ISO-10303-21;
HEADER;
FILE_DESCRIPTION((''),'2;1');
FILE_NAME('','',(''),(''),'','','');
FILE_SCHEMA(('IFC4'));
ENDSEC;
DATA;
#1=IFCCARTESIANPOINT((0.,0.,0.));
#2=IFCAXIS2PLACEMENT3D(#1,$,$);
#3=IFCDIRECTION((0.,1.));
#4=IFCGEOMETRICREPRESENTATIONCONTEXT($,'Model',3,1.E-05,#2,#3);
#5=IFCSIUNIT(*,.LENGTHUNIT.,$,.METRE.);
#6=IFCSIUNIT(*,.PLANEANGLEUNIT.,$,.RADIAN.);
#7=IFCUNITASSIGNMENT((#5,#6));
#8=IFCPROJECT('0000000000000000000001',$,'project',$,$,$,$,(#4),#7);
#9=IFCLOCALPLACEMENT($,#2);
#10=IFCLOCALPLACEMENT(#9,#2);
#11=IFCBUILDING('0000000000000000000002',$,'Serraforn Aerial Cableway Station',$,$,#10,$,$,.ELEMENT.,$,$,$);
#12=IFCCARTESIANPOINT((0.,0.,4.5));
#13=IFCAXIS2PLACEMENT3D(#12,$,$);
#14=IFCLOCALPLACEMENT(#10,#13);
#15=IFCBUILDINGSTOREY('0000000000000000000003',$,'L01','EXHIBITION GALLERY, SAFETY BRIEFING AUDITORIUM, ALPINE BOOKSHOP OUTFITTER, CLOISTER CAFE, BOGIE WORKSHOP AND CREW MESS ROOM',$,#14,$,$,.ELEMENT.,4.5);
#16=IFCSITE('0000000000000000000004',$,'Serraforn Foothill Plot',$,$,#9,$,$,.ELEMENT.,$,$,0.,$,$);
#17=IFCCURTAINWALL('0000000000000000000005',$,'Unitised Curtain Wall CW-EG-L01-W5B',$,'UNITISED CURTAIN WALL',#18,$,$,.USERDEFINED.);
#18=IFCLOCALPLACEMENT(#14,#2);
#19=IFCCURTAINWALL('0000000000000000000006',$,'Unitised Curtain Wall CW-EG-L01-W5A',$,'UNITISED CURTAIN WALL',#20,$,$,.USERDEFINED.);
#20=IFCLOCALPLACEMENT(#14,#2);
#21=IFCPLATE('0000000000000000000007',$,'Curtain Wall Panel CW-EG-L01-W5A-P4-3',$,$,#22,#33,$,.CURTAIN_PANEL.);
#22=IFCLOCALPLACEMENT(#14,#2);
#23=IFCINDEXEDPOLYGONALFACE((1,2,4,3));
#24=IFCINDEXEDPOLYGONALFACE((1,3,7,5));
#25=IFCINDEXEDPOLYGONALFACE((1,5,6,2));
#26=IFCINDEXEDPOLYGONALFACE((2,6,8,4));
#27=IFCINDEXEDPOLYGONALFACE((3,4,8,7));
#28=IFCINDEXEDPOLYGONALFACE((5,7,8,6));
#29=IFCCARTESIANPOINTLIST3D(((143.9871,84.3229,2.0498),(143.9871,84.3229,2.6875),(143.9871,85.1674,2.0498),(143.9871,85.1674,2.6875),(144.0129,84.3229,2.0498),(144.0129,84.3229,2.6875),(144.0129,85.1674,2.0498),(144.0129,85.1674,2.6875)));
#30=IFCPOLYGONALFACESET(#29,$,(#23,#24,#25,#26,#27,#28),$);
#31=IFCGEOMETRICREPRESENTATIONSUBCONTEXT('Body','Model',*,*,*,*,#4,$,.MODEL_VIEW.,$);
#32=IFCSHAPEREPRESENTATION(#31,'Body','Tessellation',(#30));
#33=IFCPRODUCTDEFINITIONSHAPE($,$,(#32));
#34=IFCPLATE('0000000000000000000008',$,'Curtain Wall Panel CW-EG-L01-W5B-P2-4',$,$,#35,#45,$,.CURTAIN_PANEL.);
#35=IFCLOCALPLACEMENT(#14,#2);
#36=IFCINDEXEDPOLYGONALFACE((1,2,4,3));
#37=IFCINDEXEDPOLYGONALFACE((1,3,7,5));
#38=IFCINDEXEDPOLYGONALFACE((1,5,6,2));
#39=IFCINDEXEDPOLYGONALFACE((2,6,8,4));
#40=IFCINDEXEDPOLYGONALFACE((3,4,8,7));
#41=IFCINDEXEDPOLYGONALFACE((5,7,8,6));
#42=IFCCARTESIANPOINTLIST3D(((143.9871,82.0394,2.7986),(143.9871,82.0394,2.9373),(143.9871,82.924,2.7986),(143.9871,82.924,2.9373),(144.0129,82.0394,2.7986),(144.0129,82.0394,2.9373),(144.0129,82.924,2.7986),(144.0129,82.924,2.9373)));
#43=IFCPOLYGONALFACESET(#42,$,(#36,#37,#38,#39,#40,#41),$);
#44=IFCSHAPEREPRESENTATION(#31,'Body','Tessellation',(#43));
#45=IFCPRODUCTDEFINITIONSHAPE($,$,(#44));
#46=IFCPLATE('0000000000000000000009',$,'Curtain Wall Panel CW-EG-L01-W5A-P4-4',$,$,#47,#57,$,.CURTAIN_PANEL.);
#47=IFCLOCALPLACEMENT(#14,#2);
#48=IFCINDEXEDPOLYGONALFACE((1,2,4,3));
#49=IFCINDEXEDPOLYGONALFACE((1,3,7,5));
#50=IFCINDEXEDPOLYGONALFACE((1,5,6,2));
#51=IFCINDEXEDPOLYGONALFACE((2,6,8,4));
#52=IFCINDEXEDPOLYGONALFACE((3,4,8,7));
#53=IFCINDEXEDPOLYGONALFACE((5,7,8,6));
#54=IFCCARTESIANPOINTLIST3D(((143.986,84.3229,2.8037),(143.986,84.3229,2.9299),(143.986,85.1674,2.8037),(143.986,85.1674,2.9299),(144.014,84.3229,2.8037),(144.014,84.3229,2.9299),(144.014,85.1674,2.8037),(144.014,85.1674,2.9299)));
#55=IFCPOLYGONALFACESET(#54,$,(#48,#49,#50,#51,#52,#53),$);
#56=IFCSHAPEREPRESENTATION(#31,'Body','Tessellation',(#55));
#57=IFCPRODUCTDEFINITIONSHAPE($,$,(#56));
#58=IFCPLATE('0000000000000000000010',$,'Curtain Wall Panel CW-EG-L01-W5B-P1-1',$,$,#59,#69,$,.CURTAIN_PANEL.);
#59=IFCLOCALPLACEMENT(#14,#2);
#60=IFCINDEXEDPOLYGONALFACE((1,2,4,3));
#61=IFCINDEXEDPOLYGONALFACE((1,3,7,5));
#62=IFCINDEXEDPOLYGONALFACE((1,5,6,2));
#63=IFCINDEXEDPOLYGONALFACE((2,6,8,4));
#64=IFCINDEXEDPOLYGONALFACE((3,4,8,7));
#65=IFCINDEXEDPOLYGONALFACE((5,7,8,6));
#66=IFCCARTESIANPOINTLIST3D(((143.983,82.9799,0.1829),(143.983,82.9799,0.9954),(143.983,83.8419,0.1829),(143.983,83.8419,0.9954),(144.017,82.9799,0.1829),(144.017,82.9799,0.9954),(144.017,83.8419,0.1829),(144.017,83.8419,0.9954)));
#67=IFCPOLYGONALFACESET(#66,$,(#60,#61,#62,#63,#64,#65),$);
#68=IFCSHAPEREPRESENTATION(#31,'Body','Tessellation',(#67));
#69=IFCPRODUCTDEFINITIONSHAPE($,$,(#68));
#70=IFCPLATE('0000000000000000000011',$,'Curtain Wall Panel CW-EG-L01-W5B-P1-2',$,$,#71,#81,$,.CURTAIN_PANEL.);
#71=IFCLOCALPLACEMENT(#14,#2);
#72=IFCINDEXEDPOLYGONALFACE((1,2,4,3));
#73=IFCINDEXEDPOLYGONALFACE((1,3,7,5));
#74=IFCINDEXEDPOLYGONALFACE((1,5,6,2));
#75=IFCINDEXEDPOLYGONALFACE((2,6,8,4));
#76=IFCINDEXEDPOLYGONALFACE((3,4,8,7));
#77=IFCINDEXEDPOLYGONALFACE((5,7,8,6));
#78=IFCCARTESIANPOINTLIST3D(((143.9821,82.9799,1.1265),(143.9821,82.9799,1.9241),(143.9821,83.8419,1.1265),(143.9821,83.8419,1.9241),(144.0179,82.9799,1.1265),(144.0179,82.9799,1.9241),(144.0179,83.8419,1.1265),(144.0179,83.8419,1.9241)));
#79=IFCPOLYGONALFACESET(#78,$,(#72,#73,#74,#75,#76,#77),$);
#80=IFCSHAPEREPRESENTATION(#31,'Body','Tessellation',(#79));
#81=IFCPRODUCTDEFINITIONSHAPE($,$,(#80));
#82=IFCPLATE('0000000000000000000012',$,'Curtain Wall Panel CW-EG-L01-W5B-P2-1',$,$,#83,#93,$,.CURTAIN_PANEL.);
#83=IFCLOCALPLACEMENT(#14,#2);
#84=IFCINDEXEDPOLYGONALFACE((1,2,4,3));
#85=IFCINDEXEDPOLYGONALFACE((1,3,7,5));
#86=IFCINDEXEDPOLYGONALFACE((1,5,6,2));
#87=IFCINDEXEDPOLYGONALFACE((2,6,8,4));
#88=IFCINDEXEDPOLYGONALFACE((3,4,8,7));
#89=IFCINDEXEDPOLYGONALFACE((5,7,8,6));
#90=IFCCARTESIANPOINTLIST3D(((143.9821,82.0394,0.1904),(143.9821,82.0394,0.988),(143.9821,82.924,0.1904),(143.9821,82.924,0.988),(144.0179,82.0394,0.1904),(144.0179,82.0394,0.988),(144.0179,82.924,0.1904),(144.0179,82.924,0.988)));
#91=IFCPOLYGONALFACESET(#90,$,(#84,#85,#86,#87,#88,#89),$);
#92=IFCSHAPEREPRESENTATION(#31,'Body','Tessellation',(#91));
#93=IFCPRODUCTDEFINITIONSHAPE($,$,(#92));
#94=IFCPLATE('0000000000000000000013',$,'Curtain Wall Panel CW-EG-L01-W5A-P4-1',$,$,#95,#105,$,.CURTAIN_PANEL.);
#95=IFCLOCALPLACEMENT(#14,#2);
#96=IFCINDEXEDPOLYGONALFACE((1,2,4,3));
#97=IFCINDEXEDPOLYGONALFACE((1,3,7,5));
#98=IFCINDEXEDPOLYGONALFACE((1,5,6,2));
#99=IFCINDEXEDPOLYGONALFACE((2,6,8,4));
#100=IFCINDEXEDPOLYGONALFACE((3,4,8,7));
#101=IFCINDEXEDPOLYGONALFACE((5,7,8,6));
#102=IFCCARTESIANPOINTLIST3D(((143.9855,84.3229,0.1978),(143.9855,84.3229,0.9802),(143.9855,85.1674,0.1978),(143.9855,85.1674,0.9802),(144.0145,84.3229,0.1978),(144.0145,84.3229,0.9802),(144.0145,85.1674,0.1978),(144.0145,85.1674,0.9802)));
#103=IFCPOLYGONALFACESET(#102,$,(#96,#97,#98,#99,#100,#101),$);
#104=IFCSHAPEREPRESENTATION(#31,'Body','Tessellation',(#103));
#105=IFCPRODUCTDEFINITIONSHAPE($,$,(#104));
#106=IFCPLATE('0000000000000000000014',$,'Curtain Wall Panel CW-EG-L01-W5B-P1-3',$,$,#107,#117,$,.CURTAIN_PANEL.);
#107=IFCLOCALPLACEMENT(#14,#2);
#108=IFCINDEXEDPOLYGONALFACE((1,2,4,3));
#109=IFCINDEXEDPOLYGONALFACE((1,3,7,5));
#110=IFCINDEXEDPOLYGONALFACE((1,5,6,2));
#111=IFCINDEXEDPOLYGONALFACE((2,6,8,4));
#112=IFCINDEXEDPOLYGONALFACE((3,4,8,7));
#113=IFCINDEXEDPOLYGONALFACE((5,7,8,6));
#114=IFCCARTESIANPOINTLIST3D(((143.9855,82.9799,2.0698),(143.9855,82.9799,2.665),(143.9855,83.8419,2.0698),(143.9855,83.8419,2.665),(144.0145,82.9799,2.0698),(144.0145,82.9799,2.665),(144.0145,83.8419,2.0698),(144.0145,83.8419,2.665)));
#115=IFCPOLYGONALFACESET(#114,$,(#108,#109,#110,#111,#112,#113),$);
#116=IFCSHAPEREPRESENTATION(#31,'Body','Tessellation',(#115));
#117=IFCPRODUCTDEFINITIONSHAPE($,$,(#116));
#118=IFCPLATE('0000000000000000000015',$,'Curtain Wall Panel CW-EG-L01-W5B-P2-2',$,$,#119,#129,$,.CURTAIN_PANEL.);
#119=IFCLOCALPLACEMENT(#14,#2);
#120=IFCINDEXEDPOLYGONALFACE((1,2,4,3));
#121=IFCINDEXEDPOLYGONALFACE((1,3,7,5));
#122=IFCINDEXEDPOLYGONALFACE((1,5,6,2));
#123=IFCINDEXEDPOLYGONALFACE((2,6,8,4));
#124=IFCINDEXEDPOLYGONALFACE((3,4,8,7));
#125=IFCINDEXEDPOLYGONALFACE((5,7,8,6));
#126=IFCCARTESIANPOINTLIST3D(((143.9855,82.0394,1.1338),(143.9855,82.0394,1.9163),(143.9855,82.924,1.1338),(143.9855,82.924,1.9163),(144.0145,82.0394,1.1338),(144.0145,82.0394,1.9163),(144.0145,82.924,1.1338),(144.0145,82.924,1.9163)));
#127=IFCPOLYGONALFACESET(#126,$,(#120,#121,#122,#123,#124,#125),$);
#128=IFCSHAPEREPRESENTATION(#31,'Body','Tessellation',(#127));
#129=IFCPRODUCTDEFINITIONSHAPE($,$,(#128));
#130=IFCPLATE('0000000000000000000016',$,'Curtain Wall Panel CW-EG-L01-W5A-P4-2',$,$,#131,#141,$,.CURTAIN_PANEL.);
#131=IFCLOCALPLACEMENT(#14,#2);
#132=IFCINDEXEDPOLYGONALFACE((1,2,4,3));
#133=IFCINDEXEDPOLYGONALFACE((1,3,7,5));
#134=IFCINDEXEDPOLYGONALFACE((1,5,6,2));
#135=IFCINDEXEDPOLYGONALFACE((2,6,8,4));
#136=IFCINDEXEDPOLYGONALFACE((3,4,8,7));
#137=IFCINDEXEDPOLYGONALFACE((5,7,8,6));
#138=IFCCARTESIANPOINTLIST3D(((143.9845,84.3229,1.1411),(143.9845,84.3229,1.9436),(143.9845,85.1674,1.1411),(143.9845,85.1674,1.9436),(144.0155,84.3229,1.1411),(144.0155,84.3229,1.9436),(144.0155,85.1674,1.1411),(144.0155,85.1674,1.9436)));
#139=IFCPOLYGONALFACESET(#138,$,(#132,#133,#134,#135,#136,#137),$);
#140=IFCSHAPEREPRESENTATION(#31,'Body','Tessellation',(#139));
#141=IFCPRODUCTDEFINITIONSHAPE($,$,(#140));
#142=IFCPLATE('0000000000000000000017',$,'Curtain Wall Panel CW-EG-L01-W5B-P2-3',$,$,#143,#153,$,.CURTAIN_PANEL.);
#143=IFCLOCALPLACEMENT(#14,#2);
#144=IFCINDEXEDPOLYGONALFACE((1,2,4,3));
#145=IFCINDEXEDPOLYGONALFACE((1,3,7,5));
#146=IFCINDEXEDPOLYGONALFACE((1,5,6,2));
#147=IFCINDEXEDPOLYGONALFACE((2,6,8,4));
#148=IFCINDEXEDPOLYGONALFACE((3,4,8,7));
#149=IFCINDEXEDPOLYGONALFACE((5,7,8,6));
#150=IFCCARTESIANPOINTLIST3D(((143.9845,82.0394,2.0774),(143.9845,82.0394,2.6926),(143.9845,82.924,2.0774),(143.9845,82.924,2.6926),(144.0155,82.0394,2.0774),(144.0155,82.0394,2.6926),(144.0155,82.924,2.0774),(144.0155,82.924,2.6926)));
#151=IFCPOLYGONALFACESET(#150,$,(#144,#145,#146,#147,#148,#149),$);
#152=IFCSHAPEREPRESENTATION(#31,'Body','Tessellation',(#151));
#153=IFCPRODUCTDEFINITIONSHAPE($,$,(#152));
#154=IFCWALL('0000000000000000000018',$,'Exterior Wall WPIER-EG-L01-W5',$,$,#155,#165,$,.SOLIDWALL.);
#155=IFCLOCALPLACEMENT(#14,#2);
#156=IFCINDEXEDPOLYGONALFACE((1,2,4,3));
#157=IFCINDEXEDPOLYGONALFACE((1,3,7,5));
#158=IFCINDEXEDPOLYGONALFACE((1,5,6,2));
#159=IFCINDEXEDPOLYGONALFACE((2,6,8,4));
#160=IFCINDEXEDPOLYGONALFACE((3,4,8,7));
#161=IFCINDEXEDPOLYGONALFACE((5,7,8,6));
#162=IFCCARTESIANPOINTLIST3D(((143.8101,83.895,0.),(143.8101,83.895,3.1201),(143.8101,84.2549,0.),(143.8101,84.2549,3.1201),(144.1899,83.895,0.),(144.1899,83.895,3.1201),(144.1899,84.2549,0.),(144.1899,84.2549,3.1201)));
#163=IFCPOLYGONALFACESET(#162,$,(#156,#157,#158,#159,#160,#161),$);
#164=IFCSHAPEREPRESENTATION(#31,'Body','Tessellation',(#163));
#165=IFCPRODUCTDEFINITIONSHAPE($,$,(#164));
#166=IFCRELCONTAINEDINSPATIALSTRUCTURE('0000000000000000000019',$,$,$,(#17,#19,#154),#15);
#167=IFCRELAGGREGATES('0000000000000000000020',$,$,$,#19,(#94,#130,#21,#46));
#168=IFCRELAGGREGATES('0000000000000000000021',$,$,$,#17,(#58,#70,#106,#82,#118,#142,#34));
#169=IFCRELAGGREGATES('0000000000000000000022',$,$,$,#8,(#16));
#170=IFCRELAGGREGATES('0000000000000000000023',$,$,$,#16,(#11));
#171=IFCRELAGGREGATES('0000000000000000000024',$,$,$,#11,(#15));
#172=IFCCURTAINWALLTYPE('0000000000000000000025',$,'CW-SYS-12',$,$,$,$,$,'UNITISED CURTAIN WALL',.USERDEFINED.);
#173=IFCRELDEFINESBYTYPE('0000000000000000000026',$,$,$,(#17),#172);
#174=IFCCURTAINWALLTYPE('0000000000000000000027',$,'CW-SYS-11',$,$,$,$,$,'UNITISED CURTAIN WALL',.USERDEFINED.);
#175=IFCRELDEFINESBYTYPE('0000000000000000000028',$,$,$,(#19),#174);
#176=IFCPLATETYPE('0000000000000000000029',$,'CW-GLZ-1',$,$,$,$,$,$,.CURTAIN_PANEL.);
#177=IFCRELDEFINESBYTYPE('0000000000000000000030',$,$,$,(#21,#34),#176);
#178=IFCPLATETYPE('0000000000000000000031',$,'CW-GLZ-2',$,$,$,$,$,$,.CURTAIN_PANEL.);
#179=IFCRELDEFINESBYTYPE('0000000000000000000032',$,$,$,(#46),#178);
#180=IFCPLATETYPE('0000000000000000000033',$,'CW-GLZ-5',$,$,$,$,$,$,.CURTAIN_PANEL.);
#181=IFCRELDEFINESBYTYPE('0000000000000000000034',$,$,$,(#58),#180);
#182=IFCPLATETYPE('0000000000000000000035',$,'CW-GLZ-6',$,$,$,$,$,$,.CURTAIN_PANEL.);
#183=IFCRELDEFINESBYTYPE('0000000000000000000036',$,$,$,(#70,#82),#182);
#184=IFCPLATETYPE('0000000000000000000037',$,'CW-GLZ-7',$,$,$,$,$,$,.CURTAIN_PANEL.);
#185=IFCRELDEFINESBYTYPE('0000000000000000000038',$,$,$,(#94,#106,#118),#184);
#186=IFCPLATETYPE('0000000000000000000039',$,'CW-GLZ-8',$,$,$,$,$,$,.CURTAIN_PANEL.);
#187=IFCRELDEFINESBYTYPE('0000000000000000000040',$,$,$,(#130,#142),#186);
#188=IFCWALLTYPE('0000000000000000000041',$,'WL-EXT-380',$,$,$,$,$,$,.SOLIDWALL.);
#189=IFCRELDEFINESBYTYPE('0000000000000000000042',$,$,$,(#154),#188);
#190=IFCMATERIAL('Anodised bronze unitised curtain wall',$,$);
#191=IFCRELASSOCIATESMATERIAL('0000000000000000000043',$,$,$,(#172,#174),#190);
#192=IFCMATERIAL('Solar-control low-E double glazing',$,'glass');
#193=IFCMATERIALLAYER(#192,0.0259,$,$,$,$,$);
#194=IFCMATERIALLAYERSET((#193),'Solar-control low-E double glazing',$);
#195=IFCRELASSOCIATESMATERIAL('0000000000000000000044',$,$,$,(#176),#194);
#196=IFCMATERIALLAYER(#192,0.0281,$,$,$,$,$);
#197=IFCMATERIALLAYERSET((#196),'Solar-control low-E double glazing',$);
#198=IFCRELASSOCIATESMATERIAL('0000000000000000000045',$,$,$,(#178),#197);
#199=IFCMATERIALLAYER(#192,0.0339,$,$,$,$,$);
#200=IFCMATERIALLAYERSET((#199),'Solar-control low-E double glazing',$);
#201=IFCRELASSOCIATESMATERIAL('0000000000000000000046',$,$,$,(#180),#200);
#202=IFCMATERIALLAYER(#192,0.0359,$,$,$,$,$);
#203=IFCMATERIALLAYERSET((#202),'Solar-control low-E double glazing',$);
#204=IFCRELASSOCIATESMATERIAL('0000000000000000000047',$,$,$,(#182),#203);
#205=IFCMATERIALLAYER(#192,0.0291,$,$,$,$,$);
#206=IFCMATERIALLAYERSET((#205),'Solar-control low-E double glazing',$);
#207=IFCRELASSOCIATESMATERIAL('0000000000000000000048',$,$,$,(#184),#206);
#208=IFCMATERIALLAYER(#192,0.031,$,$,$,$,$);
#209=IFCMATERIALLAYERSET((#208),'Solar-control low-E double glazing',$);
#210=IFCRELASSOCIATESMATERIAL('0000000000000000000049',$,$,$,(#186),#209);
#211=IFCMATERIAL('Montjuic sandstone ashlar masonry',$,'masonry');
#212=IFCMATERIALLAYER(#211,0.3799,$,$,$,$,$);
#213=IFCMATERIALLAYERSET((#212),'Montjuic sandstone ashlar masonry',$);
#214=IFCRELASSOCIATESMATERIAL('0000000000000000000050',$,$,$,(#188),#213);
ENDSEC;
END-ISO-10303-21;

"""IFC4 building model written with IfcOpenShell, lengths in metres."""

from ifc_helpers import new_model, si_unit, direction, frame, frame_2d, origin, origin_2d, place, context, subcontext, project, spatial, rectangle, extrude, material, layer, layer_set, type_object, element, aggregate, save


model = new_model("IFC4")

# Units and contexts
model_context = context("Model", 3, precision=1e-05, world=origin(), true_north=direction((0.0, 1.0)))
body_context = subcontext(model_context, "Body", "Model", "MODEL_VIEW")
ifc_project = project(units=[si_unit("LENGTHUNIT", "METRE"), si_unit("PLANEANGLEUNIT", "RADIAN")], contexts=[model_context])

# Site, building, storey
site_placement = place(None, origin())
site = spatial("IfcSite", under=ifc_project, at=site_placement, Name="Serraforn Foothill Plot", CompositionType="ELEMENT", RefElevation=0.0)
building_placement = place(site_placement, origin())
building = spatial("IfcBuilding", under=site, at=building_placement, Name="Serraforn Aerial Cableway Station", CompositionType="ELEMENT")
storey_placement = place(building_placement, frame((0.0, 0.0, 4.5)))
storey = spatial("IfcBuildingStorey", under=building, at=storey_placement, Name="L01", Description="EXHIBITION GALLERY, SAFETY BRIEFING AUDITORIUM, ALPINE BOOKSHOP OUTFITTER, CLOISTER CAFE, BOGIE WORKSHOP AND CREW MESS ROOM", CompositionType="ELEMENT", Elevation=4.5)

# Curtain walls
ifc_material_1 = material(Name="Anodised bronze unitised curtain wall")
curtain_wall_type_1 = type_object("IfcCurtainWallType", Name="CW-SYS-12", ElementType="UNITISED CURTAIN WALL", PredefinedType="USERDEFINED", material=ifc_material_1)
curtain_wall_1_placement = place(storey_placement, origin())
curtain_wall_1 = element("IfcCurtainWall", 1, at=curtain_wall_1_placement, inside=storey, type_object=curtain_wall_type_1, Name="Unitised Curtain Wall CW-EG-L01-W5B", ObjectType="UNITISED CURTAIN WALL", PredefinedType="USERDEFINED")
curtain_wall_type_2 = type_object("IfcCurtainWallType", Name="CW-SYS-11", ElementType="UNITISED CURTAIN WALL", PredefinedType="USERDEFINED", material=ifc_material_1)
curtain_wall_2_placement = place(storey_placement, origin())
curtain_wall_2 = element("IfcCurtainWall", 2, at=curtain_wall_2_placement, inside=storey, type_object=curtain_wall_type_2, Name="Unitised Curtain Wall CW-EG-L01-W5A", ObjectType="UNITISED CURTAIN WALL", PredefinedType="USERDEFINED")

# Plates
ifc_material_2 = material(Name="Solar-control low-E double glazing", Category="glass")
ifc_layer_1 = layer(ifc_material_2, 0.0259)
ifc_layer_set_1 = layer_set([ifc_layer_1], Name="Solar-control low-E double glazing")
plate_type_1 = type_object("IfcPlateType", Name="CW-GLZ-1", PredefinedType="CURTAIN_PANEL", material=ifc_layer_set_1)
plate_1_placement = place(storey_placement, frame((144.0, 84.7451, 2.0498), z_axis=(0.0, 0.0, 1.0), x_axis=(1.0, 0.0, 0.0)))
plate_1 = element("IfcPlate", 3, at=plate_1_placement, type_object=plate_type_1, Name="Curtain Wall Panel CW-EG-L01-W5A-P4-3", PredefinedType="CURTAIN_PANEL", context=body_context, shape_type="SweptSolid", body=[
    extrude(rectangle(XDim=0.0259, YDim=0.8445, at=origin_2d()), origin(), (0.0, 0.0, 1.0), 0.6377),
])
plate_2_placement = place(storey_placement, frame((144.0, 82.4817, 2.7986), z_axis=(0.0, 0.0, 1.0), x_axis=(1.0, 0.0, 0.0)))
plate_2 = element("IfcPlate", 4, at=plate_2_placement, type_object=plate_type_1, Name="Curtain Wall Panel CW-EG-L01-W5B-P2-4", PredefinedType="CURTAIN_PANEL", context=body_context, shape_type="SweptSolid", body=[
    extrude(rectangle(XDim=0.0259, YDim=0.8845, at=origin_2d()), origin(), (0.0, 0.0, 1.0), 0.1387),
])
ifc_layer_2 = layer(ifc_material_2, 0.0281)
ifc_layer_set_2 = layer_set([ifc_layer_2], Name="Solar-control low-E double glazing")
plate_type_2 = type_object("IfcPlateType", Name="CW-GLZ-2", PredefinedType="CURTAIN_PANEL", material=ifc_layer_set_2)
plate_3_placement = place(storey_placement, frame((144.0, 84.7451, 2.8037), z_axis=(0.0, 0.0, 1.0), x_axis=(1.0, 0.0, 0.0)))
plate_3 = element("IfcPlate", 5, at=plate_3_placement, type_object=plate_type_2, Name="Curtain Wall Panel CW-EG-L01-W5A-P4-4", PredefinedType="CURTAIN_PANEL", context=body_context, shape_type="SweptSolid", body=[
    extrude(rectangle(XDim=0.0281, YDim=0.8445, at=origin_2d()), origin(), (0.0, 0.0, 1.0), 0.1262),
])
ifc_layer_3 = layer(ifc_material_2, 0.0339)
ifc_layer_set_3 = layer_set([ifc_layer_3], Name="Solar-control low-E double glazing")
plate_type_3 = type_object("IfcPlateType", Name="CW-GLZ-5", PredefinedType="CURTAIN_PANEL", material=ifc_layer_set_3)
plate_4_placement = place(storey_placement, frame((144.0, 83.4109, 0.1829), z_axis=(0.0, 0.0, 1.0), x_axis=(1.0, 0.0, 0.0)))
plate_4 = element("IfcPlate", 6, at=plate_4_placement, type_object=plate_type_3, Name="Curtain Wall Panel CW-EG-L01-W5B-P1-1", PredefinedType="CURTAIN_PANEL", context=body_context, shape_type="SweptSolid", body=[
    extrude(rectangle(XDim=0.0339, YDim=0.8621, at=origin_2d()), origin(), (0.0, 0.0, 1.0), 0.8125),
])
ifc_layer_4 = layer(ifc_material_2, 0.0359)
ifc_layer_set_4 = layer_set([ifc_layer_4], Name="Solar-control low-E double glazing")
plate_type_4 = type_object("IfcPlateType", Name="CW-GLZ-6", PredefinedType="CURTAIN_PANEL", material=ifc_layer_set_4)
plate_5_placement = place(storey_placement, frame((144.0, 83.4109, 1.1265), z_axis=(0.0, 0.0, 1.0), x_axis=(1.0, 0.0, 0.0)))
plate_5 = element("IfcPlate", 7, at=plate_5_placement, type_object=plate_type_4, Name="Curtain Wall Panel CW-EG-L01-W5B-P1-2", PredefinedType="CURTAIN_PANEL", context=body_context, shape_type="SweptSolid", body=[
    extrude(rectangle(XDim=0.0359, YDim=0.8621, at=origin_2d()), origin(), (0.0, 0.0, 1.0), 0.7976),
])
plate_6_placement = place(storey_placement, frame((144.0, 82.4817, 0.1904), z_axis=(0.0, 0.0, 1.0), x_axis=(1.0, 0.0, 0.0)))
plate_6 = element("IfcPlate", 8, at=plate_6_placement, type_object=plate_type_4, Name="Curtain Wall Panel CW-EG-L01-W5B-P2-1", PredefinedType="CURTAIN_PANEL", context=body_context, shape_type="SweptSolid", body=[
    extrude(rectangle(XDim=0.0359, YDim=0.8845, at=origin_2d()), origin(), (0.0, 0.0, 1.0), 0.7976),
])
ifc_layer_5 = layer(ifc_material_2, 0.0291)
ifc_layer_set_5 = layer_set([ifc_layer_5], Name="Solar-control low-E double glazing")
plate_type_5 = type_object("IfcPlateType", Name="CW-GLZ-7", PredefinedType="CURTAIN_PANEL", material=ifc_layer_set_5)
plate_7_placement = place(storey_placement, frame((144.0, 84.7451, 0.1978), z_axis=(0.0, 0.0, 1.0), x_axis=(1.0, 0.0, 0.0)))
plate_7 = element("IfcPlate", 9, at=plate_7_placement, type_object=plate_type_5, Name="Curtain Wall Panel CW-EG-L01-W5A-P4-1", PredefinedType="CURTAIN_PANEL", context=body_context, shape_type="SweptSolid", body=[
    extrude(rectangle(XDim=0.0291, YDim=0.8445, at=origin_2d()), origin(), (0.0, 0.0, 1.0), 0.7825),
])
plate_8_placement = place(storey_placement, frame((144.0, 83.4109, 2.0698), z_axis=(0.0, 0.0, 1.0), x_axis=(1.0, 0.0, 0.0)))
plate_8 = element("IfcPlate", 10, at=plate_8_placement, type_object=plate_type_5, Name="Curtain Wall Panel CW-EG-L01-W5B-P1-3", PredefinedType="CURTAIN_PANEL", context=body_context, shape_type="SweptSolid", body=[
    extrude(rectangle(XDim=0.0291, YDim=0.8621, at=origin_2d()), origin(), (0.0, 0.0, 1.0), 0.5952),
])
plate_9_placement = place(storey_placement, frame((144.0, 82.4817, 1.1338), z_axis=(0.0, 0.0, 1.0), x_axis=(1.0, 0.0, 0.0)))
plate_9 = element("IfcPlate", 11, at=plate_9_placement, type_object=plate_type_5, Name="Curtain Wall Panel CW-EG-L01-W5B-P2-2", PredefinedType="CURTAIN_PANEL", context=body_context, shape_type="SweptSolid", body=[
    extrude(rectangle(XDim=0.0291, YDim=0.8845, at=origin_2d()), origin(), (0.0, 0.0, 1.0), 0.7825),
])
ifc_layer_6 = layer(ifc_material_2, 0.031)
ifc_layer_set_6 = layer_set([ifc_layer_6], Name="Solar-control low-E double glazing")
plate_type_6 = type_object("IfcPlateType", Name="CW-GLZ-8", PredefinedType="CURTAIN_PANEL", material=ifc_layer_set_6)
plate_10_placement = place(storey_placement, frame((144.0, 84.7451, 1.1411), z_axis=(0.0, 0.0, 1.0), x_axis=(1.0, 0.0, 0.0)))
plate_10 = element("IfcPlate", 12, at=plate_10_placement, type_object=plate_type_6, Name="Curtain Wall Panel CW-EG-L01-W5A-P4-2", PredefinedType="CURTAIN_PANEL", context=body_context, shape_type="SweptSolid", body=[
    extrude(rectangle(XDim=0.031, YDim=0.8445, at=origin_2d()), origin(), (0.0, 0.0, 1.0), 0.8025),
])
aggregate(curtain_wall_2, [plate_7, plate_10, plate_1, plate_3])
plate_11_placement = place(storey_placement, frame((144.0, 82.4817, 2.0774), z_axis=(0.0, 0.0, 1.0), x_axis=(1.0, 0.0, 0.0)))
plate_11 = element("IfcPlate", 13, at=plate_11_placement, type_object=plate_type_6, Name="Curtain Wall Panel CW-EG-L01-W5B-P2-3", PredefinedType="CURTAIN_PANEL", context=body_context, shape_type="SweptSolid", body=[
    extrude(rectangle(XDim=0.031, YDim=0.8845, at=origin_2d()), origin(), (0.0, 0.0, 1.0), 0.6152),
])
aggregate(curtain_wall_1, [plate_4, plate_5, plate_8, plate_6, plate_9, plate_11, plate_2])

# Wall
ifc_material_3 = material(Name="Montjuic sandstone ashlar masonry", Category="masonry")
ifc_layer_7 = layer(ifc_material_3, 0.3799)
ifc_layer_set_7 = layer_set([ifc_layer_7], Name="Montjuic sandstone ashlar masonry")
wall_type = type_object("IfcWallType", Name="WL-EXT-380", PredefinedType="SOLIDWALL", material=ifc_layer_set_7)
wall_placement = place(storey_placement, frame((144.0, 84.2549, 0.0), z_axis=(0.0, 0.0, 1.0), x_axis=(0.0, -1.0, 0.0)))
element("IfcWall", 14, at=wall_placement, inside=storey, type_object=wall_type, Name="Exterior Wall WPIER-EG-L01-W5", PredefinedType="SOLIDWALL", context=body_context, shape_type="SweptSolid", body=[
    extrude(rectangle(XDim=0.3599, YDim=0.3799, at=frame_2d((0.1799, 0.0))), origin(), (0.0, 0.0, 1.0), 3.1201),
])

save(model, "model.ifc")
